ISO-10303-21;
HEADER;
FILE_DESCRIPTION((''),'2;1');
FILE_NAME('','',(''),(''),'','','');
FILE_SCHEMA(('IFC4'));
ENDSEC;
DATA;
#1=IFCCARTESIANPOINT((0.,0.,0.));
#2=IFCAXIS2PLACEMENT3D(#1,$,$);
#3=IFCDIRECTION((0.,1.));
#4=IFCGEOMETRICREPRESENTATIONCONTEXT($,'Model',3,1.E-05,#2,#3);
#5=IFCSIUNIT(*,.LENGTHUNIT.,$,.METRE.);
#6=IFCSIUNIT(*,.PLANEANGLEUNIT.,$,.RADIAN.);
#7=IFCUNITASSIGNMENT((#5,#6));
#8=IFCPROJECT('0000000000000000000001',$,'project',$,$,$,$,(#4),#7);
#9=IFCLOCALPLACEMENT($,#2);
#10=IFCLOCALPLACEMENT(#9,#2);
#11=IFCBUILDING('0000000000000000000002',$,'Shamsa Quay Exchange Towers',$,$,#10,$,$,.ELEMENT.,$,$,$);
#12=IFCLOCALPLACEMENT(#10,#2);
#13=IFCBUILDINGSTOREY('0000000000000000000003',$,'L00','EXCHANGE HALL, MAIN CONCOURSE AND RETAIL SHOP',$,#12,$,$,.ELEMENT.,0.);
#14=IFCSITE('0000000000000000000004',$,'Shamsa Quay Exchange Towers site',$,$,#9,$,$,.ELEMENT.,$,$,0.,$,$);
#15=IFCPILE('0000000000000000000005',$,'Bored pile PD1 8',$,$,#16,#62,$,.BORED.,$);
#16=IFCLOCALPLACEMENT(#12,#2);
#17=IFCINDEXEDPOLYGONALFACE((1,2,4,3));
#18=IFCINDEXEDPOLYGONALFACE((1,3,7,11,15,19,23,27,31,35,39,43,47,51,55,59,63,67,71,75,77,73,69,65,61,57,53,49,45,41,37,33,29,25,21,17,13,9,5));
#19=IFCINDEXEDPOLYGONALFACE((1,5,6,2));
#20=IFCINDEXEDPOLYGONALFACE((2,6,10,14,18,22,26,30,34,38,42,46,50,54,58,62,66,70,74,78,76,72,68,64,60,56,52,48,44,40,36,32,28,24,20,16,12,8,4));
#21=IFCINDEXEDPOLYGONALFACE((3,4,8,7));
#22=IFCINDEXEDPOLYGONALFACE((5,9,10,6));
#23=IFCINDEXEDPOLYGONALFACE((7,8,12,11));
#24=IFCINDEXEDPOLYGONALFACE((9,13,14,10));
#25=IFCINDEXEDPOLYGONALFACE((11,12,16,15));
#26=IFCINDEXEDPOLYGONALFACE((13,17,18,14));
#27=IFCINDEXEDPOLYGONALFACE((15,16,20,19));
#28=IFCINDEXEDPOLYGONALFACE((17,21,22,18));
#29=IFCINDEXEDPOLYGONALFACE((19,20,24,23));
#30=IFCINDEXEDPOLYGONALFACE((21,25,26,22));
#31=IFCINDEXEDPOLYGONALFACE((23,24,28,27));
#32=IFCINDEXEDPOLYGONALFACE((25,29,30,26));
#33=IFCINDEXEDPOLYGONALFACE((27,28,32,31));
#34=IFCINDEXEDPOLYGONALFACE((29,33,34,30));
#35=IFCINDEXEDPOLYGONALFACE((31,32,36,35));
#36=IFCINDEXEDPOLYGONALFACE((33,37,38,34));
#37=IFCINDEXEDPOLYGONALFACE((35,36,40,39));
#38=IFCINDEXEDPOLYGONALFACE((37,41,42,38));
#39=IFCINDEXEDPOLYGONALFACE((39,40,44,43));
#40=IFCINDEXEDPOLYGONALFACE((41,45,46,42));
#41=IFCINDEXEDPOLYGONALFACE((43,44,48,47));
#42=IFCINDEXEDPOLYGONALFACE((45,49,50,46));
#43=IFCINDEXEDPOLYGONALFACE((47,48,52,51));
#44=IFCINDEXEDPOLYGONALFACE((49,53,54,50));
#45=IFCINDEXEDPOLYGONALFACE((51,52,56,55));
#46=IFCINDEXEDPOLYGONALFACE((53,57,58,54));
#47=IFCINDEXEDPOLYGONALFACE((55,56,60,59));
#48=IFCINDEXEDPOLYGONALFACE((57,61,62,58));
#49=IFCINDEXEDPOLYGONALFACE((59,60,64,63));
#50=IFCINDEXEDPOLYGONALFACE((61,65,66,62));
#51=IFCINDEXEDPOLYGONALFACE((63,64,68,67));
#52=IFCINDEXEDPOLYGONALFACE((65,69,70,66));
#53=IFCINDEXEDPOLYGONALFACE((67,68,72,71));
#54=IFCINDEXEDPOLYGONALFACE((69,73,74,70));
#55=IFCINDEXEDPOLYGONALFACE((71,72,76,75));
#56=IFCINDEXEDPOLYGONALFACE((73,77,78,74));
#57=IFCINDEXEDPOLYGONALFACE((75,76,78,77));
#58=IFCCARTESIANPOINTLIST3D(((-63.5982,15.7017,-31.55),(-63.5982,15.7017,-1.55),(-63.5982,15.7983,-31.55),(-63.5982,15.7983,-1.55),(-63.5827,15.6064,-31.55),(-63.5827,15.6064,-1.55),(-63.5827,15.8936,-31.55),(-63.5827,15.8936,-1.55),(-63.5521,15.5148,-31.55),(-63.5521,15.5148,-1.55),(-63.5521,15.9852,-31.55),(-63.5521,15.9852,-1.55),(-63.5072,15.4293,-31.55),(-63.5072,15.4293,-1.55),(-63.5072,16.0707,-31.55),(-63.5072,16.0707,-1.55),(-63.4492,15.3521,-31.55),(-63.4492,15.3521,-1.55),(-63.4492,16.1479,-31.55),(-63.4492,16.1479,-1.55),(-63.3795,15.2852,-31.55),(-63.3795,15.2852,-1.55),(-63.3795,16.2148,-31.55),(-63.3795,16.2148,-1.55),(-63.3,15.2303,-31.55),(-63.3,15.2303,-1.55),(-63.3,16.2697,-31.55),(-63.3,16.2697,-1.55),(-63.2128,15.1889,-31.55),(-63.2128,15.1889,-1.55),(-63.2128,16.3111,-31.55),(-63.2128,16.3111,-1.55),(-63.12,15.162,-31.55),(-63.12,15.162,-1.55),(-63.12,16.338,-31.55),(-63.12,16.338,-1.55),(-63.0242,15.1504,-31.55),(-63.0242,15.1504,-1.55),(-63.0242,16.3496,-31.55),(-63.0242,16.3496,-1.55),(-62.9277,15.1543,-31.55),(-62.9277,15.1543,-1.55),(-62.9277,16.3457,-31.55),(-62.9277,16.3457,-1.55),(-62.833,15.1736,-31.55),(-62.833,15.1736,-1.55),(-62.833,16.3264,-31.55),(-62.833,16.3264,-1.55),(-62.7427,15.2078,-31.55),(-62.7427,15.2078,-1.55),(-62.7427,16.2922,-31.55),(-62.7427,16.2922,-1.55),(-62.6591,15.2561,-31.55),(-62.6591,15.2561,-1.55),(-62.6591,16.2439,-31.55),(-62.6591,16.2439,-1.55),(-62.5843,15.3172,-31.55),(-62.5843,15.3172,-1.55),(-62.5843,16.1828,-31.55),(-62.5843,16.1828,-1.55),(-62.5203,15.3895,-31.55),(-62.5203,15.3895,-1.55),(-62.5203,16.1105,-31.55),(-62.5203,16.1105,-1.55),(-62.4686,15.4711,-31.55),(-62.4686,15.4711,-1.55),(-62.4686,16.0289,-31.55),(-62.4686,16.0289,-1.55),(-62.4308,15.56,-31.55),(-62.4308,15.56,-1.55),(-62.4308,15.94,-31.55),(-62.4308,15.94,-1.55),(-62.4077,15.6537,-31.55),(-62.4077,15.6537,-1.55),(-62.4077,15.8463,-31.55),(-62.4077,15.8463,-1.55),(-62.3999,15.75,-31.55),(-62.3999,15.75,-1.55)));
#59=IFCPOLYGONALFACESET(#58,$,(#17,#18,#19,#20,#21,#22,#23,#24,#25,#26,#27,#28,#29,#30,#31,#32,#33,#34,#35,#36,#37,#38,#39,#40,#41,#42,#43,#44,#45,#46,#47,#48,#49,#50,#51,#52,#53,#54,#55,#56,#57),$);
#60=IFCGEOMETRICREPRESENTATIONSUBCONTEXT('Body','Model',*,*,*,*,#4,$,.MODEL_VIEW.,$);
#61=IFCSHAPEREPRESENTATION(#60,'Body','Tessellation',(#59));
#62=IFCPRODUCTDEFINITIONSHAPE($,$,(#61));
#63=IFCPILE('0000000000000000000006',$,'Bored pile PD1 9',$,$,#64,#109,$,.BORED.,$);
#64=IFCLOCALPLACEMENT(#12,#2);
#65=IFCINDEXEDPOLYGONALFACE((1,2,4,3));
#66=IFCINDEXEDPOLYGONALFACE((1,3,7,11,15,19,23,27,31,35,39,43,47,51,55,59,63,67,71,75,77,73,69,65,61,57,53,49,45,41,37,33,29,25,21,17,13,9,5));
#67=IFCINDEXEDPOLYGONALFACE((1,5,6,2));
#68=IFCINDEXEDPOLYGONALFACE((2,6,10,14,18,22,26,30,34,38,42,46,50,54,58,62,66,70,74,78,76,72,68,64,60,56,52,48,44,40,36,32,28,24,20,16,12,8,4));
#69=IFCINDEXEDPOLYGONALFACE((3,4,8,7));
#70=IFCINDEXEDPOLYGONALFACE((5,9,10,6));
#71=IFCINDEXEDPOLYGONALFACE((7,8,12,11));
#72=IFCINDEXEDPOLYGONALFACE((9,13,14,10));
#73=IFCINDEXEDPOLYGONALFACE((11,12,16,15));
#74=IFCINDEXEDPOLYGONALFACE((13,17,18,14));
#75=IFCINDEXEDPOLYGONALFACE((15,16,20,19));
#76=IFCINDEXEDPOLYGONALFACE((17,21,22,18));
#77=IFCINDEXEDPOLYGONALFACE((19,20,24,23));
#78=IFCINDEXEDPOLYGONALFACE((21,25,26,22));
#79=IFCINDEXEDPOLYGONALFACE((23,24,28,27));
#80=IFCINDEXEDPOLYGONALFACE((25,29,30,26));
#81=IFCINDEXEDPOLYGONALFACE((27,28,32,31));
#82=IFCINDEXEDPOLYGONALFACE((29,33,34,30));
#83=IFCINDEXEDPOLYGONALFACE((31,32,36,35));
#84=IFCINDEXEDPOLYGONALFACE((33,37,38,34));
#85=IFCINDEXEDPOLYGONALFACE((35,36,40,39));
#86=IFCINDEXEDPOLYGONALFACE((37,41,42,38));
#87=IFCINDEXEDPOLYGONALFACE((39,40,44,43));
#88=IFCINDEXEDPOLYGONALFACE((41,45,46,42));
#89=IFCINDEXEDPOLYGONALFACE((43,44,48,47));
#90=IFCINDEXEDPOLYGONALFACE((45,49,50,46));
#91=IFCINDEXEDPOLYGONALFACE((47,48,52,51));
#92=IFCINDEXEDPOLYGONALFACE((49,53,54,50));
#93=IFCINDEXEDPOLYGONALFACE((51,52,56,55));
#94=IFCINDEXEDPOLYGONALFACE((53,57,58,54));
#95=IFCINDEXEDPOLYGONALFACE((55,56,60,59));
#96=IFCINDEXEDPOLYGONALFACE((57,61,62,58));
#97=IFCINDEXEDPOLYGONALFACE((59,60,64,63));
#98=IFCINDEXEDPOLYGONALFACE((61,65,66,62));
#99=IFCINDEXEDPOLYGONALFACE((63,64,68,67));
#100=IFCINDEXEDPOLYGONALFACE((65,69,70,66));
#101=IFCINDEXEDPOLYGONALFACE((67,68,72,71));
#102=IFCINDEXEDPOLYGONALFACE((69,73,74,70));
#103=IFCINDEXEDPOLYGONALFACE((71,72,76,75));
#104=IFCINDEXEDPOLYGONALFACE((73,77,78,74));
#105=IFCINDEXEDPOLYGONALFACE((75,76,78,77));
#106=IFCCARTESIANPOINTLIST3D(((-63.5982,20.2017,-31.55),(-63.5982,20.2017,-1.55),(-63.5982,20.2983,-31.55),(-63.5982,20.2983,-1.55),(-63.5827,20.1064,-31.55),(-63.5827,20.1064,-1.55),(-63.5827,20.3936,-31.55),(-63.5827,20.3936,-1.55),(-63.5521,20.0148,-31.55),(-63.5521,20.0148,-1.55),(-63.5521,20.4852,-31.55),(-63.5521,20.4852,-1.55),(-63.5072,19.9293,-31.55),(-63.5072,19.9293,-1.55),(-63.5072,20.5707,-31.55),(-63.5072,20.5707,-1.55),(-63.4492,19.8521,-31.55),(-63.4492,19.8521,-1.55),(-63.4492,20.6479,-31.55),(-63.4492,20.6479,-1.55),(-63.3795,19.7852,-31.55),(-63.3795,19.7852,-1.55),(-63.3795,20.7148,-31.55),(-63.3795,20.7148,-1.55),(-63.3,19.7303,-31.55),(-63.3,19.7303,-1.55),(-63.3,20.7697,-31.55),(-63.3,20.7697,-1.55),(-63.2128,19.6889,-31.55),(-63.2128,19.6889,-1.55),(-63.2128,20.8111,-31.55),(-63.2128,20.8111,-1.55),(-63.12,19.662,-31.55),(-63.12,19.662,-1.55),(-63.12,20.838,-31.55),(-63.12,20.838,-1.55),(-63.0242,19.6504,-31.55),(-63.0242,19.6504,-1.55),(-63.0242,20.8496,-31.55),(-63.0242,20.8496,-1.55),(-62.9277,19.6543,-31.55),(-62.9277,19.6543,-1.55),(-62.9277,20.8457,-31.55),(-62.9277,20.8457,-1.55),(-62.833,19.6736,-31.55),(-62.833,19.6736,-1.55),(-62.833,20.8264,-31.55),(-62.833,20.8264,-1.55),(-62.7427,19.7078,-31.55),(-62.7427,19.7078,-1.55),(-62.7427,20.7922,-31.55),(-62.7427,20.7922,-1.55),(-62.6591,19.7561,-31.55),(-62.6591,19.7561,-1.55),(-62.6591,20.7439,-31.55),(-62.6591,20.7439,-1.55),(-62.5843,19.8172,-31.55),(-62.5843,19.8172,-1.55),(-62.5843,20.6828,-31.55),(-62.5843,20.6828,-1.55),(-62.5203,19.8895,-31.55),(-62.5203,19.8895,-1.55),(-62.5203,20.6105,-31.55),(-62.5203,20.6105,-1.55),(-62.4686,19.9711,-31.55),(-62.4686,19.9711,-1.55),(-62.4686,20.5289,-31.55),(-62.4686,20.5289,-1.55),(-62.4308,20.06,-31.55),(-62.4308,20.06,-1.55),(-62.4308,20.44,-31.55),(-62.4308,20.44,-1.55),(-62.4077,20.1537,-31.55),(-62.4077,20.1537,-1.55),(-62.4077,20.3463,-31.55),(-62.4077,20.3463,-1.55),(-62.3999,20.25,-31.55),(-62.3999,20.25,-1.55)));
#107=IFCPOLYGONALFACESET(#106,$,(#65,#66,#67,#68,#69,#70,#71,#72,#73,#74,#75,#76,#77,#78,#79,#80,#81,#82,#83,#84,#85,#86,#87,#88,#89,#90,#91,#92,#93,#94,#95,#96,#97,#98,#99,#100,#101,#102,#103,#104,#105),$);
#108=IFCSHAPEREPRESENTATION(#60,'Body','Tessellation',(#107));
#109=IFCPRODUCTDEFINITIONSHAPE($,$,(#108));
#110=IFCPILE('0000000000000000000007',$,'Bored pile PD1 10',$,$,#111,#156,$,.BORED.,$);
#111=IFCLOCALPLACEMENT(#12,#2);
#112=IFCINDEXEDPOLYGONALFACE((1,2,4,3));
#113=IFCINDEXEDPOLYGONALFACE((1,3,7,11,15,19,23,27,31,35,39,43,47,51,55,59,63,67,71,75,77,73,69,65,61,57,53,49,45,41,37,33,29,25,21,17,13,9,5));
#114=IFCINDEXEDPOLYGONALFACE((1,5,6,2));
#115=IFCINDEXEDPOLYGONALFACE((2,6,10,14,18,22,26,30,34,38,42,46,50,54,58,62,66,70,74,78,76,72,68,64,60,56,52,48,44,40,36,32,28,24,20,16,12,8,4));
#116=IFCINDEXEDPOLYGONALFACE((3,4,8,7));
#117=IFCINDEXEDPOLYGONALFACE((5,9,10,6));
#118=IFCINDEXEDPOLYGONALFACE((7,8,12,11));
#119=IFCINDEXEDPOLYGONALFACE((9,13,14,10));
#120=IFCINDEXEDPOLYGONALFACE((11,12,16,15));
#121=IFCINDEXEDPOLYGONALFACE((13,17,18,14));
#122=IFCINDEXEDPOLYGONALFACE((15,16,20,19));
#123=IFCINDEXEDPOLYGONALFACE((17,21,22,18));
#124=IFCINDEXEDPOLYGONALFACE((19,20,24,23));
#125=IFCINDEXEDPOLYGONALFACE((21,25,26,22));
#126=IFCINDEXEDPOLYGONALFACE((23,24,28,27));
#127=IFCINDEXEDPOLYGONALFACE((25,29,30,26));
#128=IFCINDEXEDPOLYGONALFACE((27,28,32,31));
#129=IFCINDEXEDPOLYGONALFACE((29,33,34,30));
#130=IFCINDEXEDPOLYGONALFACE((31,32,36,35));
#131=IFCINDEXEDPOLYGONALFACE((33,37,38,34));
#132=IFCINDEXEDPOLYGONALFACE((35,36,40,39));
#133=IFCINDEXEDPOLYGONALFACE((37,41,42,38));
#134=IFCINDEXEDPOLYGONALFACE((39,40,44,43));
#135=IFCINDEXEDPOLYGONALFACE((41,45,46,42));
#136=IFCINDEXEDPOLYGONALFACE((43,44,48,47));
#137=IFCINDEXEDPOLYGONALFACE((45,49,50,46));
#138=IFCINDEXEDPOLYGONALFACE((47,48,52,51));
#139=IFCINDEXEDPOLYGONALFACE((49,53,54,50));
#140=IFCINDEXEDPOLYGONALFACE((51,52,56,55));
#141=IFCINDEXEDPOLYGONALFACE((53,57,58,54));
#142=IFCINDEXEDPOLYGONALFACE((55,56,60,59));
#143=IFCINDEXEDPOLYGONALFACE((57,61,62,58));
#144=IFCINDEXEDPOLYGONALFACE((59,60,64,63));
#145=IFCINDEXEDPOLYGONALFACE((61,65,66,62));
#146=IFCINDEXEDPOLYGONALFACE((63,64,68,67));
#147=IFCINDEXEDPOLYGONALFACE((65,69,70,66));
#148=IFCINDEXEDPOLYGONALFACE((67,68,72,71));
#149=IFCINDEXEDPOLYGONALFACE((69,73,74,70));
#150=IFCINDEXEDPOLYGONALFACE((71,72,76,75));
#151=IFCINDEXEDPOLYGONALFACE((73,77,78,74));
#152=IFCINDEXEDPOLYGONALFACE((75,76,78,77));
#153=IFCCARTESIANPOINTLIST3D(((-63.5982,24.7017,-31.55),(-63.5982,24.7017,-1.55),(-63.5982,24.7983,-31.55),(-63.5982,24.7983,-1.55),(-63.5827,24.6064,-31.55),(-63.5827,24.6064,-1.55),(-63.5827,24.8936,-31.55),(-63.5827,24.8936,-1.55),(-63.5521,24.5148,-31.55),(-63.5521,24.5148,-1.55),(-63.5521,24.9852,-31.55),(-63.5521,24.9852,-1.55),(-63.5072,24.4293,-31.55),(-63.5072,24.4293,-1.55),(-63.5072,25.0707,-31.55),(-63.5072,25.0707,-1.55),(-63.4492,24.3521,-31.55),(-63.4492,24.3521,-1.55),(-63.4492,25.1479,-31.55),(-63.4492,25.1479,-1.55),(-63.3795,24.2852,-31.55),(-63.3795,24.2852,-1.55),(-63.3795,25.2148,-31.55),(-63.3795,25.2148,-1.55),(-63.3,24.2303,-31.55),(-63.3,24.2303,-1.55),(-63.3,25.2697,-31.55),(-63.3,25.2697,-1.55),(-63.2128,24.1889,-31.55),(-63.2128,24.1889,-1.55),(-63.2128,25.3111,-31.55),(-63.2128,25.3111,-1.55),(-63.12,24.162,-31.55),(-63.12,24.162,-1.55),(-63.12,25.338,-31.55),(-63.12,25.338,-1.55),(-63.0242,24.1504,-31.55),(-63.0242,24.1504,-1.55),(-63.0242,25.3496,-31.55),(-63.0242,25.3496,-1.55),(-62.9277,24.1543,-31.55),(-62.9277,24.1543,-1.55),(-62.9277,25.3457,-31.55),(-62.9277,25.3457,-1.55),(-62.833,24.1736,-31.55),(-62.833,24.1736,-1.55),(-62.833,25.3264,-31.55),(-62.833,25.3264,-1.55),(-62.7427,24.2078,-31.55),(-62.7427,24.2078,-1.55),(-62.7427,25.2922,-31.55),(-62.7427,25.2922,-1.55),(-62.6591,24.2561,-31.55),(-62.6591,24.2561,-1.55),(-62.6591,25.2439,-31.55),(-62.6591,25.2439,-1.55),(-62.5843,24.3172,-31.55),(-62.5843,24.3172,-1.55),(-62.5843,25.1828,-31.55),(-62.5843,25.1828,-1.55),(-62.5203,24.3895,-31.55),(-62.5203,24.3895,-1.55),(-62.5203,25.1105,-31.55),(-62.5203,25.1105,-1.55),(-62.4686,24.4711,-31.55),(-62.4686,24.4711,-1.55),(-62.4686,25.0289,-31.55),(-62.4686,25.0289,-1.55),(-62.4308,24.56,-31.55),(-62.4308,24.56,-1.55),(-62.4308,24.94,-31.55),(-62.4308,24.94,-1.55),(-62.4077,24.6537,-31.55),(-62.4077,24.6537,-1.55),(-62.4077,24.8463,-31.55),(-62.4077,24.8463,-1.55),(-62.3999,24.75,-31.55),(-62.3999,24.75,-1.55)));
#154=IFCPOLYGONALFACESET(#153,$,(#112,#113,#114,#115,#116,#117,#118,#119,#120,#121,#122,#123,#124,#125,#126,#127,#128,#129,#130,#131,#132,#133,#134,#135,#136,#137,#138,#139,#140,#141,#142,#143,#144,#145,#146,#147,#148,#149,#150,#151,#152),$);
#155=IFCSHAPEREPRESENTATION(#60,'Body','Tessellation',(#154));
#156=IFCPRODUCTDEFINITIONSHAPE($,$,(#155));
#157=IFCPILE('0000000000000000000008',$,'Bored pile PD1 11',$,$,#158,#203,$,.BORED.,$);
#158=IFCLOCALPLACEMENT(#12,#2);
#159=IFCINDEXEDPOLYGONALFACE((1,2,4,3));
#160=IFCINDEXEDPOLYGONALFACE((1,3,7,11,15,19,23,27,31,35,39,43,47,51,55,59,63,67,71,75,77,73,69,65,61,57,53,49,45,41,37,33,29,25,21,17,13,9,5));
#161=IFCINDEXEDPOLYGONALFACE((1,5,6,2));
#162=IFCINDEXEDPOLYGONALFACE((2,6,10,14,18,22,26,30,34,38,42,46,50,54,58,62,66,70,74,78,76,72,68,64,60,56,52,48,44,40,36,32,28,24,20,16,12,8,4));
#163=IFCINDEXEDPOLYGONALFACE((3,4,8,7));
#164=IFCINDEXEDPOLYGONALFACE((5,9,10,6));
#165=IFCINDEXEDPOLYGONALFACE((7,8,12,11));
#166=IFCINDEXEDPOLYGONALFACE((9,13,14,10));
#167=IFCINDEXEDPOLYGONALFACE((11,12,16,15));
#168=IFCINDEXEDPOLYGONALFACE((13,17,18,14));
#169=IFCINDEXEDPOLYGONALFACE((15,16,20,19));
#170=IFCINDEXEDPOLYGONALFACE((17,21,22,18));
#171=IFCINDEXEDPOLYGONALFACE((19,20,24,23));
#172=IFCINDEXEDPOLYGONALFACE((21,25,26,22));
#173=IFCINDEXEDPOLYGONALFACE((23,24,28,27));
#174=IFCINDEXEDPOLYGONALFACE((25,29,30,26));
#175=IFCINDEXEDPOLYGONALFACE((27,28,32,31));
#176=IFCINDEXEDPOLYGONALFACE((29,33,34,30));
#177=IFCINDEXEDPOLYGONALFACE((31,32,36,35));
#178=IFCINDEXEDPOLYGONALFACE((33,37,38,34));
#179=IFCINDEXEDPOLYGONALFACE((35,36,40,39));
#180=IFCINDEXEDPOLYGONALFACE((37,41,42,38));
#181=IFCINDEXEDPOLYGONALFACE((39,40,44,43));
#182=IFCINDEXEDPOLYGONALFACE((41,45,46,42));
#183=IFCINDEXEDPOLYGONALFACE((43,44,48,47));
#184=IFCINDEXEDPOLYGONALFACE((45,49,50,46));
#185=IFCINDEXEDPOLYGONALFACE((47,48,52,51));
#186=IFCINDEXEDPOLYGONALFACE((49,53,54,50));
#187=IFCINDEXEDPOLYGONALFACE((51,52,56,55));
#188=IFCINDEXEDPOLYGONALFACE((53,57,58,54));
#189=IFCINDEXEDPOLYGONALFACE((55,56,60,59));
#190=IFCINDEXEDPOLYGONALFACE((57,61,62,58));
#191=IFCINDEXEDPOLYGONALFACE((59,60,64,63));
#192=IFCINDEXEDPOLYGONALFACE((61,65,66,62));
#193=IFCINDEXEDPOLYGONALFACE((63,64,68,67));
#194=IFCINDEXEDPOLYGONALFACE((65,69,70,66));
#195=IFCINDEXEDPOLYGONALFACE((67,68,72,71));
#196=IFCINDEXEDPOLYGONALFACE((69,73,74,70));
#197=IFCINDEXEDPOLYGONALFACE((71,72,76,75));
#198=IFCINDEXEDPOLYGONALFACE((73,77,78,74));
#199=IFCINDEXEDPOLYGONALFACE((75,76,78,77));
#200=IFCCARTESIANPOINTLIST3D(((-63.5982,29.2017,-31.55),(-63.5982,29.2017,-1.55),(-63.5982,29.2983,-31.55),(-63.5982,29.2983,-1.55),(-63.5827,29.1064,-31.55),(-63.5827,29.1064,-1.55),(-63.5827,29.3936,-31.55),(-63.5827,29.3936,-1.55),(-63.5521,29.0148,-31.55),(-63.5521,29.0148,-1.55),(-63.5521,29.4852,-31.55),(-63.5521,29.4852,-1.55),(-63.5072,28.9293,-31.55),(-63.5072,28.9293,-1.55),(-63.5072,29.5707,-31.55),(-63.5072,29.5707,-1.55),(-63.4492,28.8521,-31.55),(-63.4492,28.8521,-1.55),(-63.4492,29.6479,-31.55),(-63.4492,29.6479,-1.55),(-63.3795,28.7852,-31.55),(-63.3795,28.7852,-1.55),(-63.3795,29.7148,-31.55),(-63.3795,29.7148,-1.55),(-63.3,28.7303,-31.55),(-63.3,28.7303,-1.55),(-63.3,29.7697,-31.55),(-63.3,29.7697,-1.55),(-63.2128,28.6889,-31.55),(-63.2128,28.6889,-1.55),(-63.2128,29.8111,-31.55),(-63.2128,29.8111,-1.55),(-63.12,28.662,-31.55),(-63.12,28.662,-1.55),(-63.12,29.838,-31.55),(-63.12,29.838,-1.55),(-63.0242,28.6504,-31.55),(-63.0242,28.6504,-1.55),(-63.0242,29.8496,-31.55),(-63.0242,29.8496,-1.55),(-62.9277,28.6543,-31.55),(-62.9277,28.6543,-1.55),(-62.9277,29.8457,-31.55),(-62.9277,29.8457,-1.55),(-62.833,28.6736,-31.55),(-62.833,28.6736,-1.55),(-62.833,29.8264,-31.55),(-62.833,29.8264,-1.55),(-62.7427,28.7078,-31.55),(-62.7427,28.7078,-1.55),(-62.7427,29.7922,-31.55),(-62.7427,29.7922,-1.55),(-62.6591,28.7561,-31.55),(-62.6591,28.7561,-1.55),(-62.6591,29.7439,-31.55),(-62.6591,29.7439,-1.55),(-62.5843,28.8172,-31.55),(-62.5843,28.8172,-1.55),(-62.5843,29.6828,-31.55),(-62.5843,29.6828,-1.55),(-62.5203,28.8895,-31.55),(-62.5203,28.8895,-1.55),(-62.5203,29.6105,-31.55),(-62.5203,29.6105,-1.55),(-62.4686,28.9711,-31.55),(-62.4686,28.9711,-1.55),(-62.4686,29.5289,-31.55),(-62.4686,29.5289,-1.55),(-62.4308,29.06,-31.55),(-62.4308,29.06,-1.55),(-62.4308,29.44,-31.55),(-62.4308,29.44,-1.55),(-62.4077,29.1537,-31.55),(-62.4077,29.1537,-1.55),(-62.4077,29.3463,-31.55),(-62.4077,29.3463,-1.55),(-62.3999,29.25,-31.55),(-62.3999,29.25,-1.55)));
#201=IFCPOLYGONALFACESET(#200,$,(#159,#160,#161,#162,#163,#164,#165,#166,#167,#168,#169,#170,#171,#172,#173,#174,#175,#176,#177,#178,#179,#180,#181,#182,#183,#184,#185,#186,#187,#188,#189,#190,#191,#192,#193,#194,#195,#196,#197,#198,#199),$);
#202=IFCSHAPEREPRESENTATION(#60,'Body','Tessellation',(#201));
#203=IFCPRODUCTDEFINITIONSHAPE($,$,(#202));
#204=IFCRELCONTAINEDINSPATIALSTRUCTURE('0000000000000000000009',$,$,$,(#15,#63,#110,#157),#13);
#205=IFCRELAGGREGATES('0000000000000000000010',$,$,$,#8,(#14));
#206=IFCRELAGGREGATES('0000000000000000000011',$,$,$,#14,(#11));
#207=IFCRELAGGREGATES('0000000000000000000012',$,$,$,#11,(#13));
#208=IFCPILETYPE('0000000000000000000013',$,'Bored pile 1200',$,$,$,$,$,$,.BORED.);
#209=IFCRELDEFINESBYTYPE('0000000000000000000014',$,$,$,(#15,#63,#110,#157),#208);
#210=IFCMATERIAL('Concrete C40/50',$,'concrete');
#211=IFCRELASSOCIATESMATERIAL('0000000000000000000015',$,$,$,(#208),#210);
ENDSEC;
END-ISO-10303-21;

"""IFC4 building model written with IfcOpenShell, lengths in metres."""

from ifc_helpers import new_model, si_unit, direction, frame, origin, origin_2d, place, context, subcontext, project, spatial, circle, extrude, material, material_profile, profile_set, type_object, element, save


model = new_model("IFC4")

# Units and contexts
model_context = context("Model", 3, precision=1e-05, world=origin(), true_north=direction((0.0, 1.0)))
body_context = subcontext(model_context, "Body", "Model", "MODEL_VIEW")
ifc_project = project(units=[si_unit("LENGTHUNIT", "METRE"), si_unit("PLANEANGLEUNIT", "RADIAN")], contexts=[model_context])

# Site, building, storey
site_placement = place(None, origin())
site = spatial("IfcSite", under=ifc_project, at=site_placement, Name="Shamsa Quay Exchange Towers site", CompositionType="ELEMENT", RefElevation=0.0)
building_placement = place(site_placement, origin())
building = spatial("IfcBuilding", under=site, at=building_placement, Name="Shamsa Quay Exchange Towers", CompositionType="ELEMENT")
storey_placement = place(building_placement, origin())
storey = spatial("IfcBuildingStorey", under=building, at=storey_placement, Name="L00", Description="EXCHANGE HALL, MAIN CONCOURSE AND RETAIL SHOP", CompositionType="ELEMENT", Elevation=0.0)

# Piles
ifc_material_1 = material(Name="Concrete C40/50", Category="concrete")
ifc_material_profile_1 = material_profile(ifc_material_1, circle(Radius=0.6001, at=origin_2d()), Name="BP1200")
ifc_profile_set_1 = profile_set([ifc_material_profile_1], Name="Concrete C40/50")
pile_type = type_object("IfcPileType", Name="Bored pile 1200", PredefinedType="BORED", material=ifc_profile_set_1)
for number, where, z_axis, x_axis, name in (
    (1, (-63.0, 15.75, -1.55), (0.0, 0.0, -1.0), (1.0, 0.0, 0.0), "Bored pile PD1 8"),
    (2, (-63.0, 20.25, -1.55), (0.0, 0.0, -1.0), (1.0, 0.0, 0.0), "Bored pile PD1 9"),
    (3, (-63.0, 24.75, -1.55), (0.0, 0.0, -1.0), (1.0, 0.0, 0.0), "Bored pile PD1 10"),
    (4, (-63.0, 29.25, -1.55), (0.0, 0.0, -1.0), (1.0, 0.0, 0.0), "Bored pile PD1 11"),
):
    element("IfcPile", number, at=place(storey_placement, frame(where, z_axis=z_axis, x_axis=x_axis)), inside=storey, type_object=pile_type, Name=name, PredefinedType="BORED", context=body_context, shape_type="SweptSolid", body=[
        extrude(circle(Radius=0.6001, at=origin_2d()), origin(), (0.0, 0.0, 1.0), 30.0),
    ])

save(model, "model.ifc")
